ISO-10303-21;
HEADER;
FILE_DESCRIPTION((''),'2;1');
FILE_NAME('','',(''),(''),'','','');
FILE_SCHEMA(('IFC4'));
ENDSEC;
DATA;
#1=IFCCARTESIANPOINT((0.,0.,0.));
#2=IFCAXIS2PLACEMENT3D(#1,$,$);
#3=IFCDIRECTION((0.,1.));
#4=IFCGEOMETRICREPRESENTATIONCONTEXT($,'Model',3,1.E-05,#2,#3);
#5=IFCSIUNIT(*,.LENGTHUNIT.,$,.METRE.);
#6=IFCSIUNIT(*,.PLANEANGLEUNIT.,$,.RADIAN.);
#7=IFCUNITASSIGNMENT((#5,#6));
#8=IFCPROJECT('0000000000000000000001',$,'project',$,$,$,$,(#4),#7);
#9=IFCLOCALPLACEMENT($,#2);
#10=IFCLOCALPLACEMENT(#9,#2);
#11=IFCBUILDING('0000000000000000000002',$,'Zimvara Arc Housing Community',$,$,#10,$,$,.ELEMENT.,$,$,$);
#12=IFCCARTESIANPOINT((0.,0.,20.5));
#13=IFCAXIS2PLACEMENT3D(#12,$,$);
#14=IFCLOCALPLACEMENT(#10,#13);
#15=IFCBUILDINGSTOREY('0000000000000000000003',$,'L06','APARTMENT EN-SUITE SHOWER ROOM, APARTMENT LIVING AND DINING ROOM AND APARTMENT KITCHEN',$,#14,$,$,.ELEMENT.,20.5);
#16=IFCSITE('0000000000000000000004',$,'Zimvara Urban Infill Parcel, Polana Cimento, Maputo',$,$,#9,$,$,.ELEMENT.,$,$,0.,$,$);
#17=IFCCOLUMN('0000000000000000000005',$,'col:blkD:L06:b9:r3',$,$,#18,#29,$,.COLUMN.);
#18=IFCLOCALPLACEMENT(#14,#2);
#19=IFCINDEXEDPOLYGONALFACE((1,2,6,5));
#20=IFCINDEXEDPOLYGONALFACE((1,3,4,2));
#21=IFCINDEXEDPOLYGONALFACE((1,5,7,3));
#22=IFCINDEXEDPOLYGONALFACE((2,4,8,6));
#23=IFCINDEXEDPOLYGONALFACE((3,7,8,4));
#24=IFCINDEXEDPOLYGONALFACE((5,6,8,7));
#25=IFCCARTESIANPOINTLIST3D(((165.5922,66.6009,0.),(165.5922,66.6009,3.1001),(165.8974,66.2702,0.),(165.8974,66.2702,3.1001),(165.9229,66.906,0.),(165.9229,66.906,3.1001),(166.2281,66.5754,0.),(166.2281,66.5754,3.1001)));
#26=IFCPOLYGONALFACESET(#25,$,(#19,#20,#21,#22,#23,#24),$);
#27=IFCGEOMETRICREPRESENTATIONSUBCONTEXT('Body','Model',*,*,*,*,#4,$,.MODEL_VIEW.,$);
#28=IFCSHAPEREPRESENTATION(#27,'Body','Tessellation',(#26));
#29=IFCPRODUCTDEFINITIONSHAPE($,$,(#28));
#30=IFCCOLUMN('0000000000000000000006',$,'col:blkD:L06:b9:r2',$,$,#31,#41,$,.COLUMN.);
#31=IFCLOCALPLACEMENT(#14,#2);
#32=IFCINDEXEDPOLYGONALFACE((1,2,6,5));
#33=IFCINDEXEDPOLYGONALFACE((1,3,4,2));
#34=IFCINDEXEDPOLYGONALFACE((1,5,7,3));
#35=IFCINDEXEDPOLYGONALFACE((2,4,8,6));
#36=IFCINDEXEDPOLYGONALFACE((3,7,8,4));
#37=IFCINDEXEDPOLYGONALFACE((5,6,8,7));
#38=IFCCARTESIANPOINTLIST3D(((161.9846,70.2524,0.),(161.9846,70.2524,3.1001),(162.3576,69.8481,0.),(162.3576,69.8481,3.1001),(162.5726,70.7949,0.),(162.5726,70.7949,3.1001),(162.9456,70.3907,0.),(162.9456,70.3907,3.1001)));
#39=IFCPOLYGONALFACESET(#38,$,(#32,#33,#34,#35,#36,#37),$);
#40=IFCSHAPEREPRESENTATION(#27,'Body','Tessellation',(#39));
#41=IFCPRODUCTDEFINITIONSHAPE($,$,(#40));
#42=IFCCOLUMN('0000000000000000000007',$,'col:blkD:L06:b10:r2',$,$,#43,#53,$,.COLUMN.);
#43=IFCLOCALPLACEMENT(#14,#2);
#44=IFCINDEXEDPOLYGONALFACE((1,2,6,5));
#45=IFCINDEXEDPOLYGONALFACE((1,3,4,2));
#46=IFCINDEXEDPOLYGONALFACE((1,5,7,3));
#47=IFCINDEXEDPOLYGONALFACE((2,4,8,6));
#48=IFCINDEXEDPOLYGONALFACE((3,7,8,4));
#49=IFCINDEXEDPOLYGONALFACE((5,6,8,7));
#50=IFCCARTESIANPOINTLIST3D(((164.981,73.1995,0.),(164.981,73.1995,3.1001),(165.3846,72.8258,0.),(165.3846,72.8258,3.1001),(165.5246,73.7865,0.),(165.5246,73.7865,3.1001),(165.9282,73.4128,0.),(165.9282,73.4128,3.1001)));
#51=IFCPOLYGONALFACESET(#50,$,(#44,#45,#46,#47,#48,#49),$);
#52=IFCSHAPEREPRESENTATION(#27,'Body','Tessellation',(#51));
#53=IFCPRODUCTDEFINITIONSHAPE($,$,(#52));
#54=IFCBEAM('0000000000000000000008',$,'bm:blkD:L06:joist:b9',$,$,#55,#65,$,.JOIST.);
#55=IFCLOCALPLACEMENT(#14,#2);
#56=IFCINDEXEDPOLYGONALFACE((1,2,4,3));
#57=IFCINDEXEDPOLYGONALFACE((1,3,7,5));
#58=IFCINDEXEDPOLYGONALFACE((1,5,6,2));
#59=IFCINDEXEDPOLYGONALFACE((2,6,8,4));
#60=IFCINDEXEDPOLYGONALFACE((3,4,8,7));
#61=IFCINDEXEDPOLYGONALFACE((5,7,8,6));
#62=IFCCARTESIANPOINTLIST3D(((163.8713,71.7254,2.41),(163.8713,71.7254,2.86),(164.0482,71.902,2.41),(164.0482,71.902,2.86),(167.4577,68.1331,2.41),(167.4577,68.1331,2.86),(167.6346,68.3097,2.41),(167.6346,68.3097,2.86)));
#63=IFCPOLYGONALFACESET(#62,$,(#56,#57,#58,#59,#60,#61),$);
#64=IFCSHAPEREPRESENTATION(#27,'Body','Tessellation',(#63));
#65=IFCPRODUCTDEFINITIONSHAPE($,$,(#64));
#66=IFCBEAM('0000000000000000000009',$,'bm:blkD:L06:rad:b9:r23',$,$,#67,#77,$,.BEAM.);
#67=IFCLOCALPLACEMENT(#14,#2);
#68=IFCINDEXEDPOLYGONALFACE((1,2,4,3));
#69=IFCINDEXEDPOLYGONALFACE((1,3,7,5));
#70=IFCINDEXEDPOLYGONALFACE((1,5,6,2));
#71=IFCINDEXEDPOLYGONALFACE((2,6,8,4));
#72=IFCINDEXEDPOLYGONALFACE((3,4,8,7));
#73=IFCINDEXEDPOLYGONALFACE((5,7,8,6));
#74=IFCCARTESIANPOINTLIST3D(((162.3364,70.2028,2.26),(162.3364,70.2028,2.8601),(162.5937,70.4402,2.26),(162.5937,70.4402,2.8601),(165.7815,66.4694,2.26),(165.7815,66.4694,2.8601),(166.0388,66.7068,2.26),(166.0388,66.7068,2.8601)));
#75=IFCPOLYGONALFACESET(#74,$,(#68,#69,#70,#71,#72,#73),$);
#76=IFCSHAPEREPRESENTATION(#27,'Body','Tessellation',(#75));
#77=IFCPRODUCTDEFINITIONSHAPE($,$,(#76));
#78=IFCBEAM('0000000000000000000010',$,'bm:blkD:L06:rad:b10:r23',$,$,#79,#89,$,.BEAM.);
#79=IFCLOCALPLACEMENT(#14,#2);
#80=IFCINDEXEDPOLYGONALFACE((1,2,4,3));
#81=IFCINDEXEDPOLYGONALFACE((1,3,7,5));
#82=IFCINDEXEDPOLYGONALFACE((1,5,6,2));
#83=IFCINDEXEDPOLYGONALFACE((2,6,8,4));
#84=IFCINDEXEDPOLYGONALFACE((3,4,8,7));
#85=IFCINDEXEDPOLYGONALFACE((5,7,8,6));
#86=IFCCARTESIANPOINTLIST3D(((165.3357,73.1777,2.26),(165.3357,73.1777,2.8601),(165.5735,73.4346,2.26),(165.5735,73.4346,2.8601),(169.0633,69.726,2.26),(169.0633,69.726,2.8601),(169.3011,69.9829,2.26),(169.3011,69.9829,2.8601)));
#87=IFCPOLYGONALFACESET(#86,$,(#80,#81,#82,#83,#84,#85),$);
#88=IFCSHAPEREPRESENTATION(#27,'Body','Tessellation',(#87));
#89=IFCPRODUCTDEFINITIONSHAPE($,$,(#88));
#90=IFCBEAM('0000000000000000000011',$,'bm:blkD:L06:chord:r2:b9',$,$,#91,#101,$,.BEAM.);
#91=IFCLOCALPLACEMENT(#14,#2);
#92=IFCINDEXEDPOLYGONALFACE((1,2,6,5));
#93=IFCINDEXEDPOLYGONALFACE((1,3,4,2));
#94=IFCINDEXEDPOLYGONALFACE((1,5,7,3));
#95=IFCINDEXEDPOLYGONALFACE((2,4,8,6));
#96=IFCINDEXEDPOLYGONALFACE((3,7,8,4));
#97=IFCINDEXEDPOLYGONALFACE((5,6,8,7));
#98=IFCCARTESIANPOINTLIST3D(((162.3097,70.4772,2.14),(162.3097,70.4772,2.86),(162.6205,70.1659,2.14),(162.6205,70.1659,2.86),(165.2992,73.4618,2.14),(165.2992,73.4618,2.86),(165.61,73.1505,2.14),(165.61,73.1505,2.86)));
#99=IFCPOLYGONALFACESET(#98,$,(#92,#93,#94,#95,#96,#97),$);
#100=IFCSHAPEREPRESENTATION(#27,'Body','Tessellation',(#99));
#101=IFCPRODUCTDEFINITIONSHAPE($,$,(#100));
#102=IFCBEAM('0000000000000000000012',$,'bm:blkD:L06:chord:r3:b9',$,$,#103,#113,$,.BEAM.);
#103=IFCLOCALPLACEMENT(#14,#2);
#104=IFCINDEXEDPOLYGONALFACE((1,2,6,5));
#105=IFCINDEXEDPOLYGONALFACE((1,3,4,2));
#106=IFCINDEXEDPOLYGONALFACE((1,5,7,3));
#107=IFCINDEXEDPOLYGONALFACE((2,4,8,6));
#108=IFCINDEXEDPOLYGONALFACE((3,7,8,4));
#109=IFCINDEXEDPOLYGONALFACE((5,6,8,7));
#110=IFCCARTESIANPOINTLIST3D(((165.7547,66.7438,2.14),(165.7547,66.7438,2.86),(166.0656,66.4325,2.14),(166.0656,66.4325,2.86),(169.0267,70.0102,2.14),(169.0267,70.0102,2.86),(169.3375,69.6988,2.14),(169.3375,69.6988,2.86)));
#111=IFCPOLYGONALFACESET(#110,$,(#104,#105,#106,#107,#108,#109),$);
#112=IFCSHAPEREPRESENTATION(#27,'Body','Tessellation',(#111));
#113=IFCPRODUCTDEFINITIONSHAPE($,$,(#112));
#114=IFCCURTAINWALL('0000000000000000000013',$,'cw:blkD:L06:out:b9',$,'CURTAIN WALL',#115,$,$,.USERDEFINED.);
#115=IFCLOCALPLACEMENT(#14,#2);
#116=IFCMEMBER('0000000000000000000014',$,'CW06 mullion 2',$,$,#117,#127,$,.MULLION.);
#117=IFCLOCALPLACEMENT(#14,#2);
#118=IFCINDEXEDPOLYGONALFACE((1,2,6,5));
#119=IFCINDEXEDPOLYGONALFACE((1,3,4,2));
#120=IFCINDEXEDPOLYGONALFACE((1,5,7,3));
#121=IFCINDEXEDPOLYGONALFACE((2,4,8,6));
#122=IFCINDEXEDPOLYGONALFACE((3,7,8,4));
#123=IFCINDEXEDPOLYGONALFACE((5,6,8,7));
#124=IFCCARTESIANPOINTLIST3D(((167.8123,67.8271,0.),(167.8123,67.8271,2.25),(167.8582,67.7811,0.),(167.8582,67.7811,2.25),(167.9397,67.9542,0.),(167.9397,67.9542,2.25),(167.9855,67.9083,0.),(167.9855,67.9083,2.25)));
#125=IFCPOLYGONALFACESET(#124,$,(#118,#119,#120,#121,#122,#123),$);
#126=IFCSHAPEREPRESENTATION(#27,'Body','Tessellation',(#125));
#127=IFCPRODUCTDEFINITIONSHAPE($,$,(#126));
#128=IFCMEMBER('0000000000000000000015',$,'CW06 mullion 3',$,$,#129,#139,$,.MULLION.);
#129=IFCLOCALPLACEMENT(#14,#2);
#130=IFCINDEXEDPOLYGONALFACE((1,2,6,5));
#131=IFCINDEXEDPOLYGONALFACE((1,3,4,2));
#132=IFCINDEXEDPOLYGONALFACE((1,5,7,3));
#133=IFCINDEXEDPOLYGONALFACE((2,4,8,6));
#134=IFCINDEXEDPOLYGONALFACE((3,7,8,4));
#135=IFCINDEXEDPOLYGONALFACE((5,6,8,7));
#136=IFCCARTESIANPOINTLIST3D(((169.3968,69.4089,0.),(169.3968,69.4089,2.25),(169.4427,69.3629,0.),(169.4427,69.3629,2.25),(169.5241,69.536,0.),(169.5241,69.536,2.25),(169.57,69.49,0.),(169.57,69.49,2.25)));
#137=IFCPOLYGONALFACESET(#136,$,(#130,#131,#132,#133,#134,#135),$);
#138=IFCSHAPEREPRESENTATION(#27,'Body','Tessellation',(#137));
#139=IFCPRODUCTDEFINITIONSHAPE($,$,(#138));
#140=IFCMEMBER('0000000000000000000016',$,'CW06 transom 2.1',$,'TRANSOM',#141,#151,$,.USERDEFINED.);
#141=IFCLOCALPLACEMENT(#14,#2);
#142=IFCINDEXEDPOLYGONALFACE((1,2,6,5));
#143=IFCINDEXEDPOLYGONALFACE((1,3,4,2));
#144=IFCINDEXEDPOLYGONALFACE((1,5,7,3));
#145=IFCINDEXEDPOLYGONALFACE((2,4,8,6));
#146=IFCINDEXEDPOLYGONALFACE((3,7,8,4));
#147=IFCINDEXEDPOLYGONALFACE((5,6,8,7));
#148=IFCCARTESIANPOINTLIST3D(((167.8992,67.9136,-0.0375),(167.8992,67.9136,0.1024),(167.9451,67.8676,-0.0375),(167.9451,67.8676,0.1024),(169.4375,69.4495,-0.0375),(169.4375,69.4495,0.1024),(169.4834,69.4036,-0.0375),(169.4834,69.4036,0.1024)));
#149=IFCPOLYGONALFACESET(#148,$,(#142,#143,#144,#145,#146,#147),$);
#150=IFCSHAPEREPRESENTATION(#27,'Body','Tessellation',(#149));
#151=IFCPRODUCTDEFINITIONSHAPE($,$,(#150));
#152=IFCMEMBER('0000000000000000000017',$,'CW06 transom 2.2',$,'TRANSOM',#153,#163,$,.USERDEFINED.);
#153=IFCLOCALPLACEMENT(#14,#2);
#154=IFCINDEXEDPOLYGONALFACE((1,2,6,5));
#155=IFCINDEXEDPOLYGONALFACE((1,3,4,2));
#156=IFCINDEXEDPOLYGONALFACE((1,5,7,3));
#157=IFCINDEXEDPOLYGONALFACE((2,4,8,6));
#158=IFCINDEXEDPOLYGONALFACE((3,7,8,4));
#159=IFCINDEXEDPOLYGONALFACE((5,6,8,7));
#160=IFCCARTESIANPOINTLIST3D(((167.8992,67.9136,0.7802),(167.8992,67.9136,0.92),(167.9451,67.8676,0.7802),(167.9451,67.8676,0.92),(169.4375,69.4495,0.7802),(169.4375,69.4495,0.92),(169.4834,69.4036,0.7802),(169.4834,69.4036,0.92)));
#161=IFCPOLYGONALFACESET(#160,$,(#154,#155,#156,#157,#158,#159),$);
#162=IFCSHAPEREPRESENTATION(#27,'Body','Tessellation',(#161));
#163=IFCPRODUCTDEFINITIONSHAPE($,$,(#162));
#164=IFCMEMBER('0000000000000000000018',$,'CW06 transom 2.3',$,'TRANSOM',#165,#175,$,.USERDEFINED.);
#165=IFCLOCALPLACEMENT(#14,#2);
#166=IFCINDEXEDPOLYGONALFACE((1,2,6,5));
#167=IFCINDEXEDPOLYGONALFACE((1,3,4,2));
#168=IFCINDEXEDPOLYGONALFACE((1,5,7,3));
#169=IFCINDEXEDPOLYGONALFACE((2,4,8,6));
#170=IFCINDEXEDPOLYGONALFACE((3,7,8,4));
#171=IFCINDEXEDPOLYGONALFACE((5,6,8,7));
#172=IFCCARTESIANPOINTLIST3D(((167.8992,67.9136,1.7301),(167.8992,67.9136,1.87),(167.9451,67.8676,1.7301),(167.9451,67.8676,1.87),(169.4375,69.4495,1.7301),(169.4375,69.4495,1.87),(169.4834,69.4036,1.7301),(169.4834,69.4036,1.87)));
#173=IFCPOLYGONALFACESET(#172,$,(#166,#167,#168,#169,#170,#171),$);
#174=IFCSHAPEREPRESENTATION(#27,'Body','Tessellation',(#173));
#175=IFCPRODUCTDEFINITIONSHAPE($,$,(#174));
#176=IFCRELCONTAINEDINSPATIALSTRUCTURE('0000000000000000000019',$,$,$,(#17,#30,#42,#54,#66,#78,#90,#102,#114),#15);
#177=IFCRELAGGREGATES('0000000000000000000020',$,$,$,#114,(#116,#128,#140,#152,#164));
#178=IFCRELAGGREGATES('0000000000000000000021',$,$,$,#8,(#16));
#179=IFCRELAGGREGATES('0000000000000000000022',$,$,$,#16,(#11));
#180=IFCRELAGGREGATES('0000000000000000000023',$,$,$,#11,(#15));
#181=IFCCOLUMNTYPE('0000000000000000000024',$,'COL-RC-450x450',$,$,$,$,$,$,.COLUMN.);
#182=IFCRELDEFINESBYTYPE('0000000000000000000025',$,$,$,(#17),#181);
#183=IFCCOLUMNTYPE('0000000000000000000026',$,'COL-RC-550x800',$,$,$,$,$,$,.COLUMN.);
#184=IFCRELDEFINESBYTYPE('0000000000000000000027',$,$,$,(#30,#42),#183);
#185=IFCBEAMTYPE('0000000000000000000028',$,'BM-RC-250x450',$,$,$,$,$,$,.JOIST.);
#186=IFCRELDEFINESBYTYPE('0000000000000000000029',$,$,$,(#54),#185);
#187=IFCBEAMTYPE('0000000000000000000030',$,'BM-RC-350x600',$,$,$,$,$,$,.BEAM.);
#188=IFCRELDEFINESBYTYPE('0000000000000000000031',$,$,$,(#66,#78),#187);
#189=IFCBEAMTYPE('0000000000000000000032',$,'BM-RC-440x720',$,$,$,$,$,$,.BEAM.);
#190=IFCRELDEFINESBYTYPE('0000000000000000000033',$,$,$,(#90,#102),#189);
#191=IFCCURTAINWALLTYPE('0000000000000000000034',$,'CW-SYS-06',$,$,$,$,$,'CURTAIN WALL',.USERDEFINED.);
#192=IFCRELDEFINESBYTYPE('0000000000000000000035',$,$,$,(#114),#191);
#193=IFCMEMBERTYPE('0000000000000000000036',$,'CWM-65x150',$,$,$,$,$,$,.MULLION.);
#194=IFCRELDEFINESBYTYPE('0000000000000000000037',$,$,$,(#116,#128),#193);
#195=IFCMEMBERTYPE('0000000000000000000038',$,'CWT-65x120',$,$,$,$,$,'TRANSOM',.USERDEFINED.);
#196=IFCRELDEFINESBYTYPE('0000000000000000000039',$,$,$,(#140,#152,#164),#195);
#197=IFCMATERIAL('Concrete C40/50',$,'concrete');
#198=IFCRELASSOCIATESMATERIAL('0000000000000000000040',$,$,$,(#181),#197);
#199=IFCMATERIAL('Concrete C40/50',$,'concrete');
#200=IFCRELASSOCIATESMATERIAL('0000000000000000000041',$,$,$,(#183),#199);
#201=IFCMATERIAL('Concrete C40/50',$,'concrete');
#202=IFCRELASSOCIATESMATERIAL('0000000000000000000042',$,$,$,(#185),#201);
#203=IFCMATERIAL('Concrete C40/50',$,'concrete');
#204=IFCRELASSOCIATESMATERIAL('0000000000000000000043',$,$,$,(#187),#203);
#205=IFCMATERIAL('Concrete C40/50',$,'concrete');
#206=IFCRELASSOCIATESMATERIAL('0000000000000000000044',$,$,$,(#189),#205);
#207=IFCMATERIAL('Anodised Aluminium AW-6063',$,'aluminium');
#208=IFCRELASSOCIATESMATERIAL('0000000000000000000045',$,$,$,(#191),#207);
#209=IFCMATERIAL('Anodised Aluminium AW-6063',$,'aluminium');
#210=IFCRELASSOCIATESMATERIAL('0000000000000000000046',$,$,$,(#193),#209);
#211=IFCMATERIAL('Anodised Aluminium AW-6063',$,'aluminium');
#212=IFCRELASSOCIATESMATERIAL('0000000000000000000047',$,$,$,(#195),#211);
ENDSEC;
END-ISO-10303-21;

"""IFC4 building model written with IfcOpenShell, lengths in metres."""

from ifc_helpers import new_model, si_unit, direction, frame, origin, origin_2d, place, context, subcontext, project, spatial, rectangle, extrude, material, material_profile, profile_set, type_object, element, aggregate, save


model = new_model("IFC4")

# Units and contexts
model_context = context("Model", 3, precision=1e-05, world=origin(), true_north=direction((0.0, 1.0)))
body_context = subcontext(model_context, "Body", "Model", "MODEL_VIEW")
ifc_project = project(units=[si_unit("LENGTHUNIT", "METRE"), si_unit("PLANEANGLEUNIT", "RADIAN")], contexts=[model_context])

# Site, building, storey
site_placement = place(None, origin())
site = spatial("IfcSite", under=ifc_project, at=site_placement, Name="Zimvara Urban Infill Parcel, Polana Cimento, Maputo", CompositionType="ELEMENT", RefElevation=0.0)
building_placement = place(site_placement, origin())
building = spatial("IfcBuilding", under=site, at=building_placement, Name="Zimvara Arc Housing Community", CompositionType="ELEMENT")
storey_placement = place(building_placement, frame((0.0, 0.0, 20.5)))
storey = spatial("IfcBuildingStorey", under=building, at=storey_placement, Name="L06", Description="APARTMENT EN-SUITE SHOWER ROOM, APARTMENT LIVING AND DINING ROOM AND APARTMENT KITCHEN", CompositionType="ELEMENT", Elevation=20.5)

# Columns
ifc_material_1 = material(Name="Concrete C40/50", Category="concrete")
ifc_material_profile_1 = material_profile(ifc_material_1, rectangle(XDim=0.45, YDim=0.45, at=origin_2d()), Name="RC 450x450")
ifc_profile_set_1 = profile_set([ifc_material_profile_1], Name="Concrete C40/50")
column_type_1 = type_object("IfcColumnType", Name="COL-RC-450x450", PredefinedType="COLUMN", material=ifc_profile_set_1)
column_1_placement = place(storey_placement, frame((165.9102, 66.5881, 0.0), z_axis=(0.0, 0.0, 1.0), x_axis=(0.67816, -0.734915, 0.0)))
element("IfcColumn", 1, at=column_1_placement, inside=storey, type_object=column_type_1, Name="col:blkD:L06:b9:r3", PredefinedType="COLUMN", context=body_context, shape_type="SweptSolid", body=[
    extrude(rectangle(XDim=0.45, YDim=0.45, at=origin_2d()), origin(), (0.0, 0.0, 1.0), 3.1001),
])
ifc_material_2 = material(Name="Concrete C40/50", Category="concrete")
ifc_material_profile_2 = material_profile(ifc_material_2, rectangle(XDim=0.55, YDim=0.8, at=origin_2d()), Name="RC 550x800")
ifc_profile_set_2 = profile_set([ifc_material_profile_2], Name="Concrete C40/50")
column_type_2 = type_object("IfcColumnType", Name="COL-RC-550x800", PredefinedType="COLUMN", material=ifc_profile_set_2)
for number, where, z_axis, x_axis, name in (
    (2, (162.4651, 70.3215, 0.0), (0.0, 0.0, 1.0), (0.67816, -0.734915, 0.0), "col:blkD:L06:b9:r2"),
    (3, (165.4546, 73.3062, 0.0), (0.0, 0.0, 1.0), (0.73373, -0.679441, 0.0), "col:blkD:L06:b10:r2"),
):
    element("IfcColumn", number, at=place(storey_placement, frame(where, z_axis=z_axis, x_axis=x_axis)), inside=storey, type_object=column_type_2, Name=name, PredefinedType="COLUMN", context=body_context, shape_type="SweptSolid", body=[
        extrude(rectangle(XDim=0.55, YDim=0.8, at=origin_2d()), origin(), (0.0, 0.0, 1.0), 3.1001),
    ])

# Beams
ifc_material_3 = material(Name="Concrete C40/50", Category="concrete")
ifc_material_profile_3 = material_profile(ifc_material_3, rectangle(XDim=0.25, YDim=0.45, at=origin_2d()), Name="RC 250x450")
ifc_profile_set_3 = profile_set([ifc_material_profile_3], Name="Concrete C40/50")
beam_type_1 = type_object("IfcBeamType", Name="BM-RC-250x450", PredefinedType="JOIST", material=ifc_profile_set_3)
beam_1_placement = place(storey_placement, frame((163.9597, 71.8137, 2.635), z_axis=(0.706529, -0.707684, 0.0), x_axis=(0.707684, 0.706529, 0.0)))
element("IfcBeam", 4, at=beam_1_placement, inside=storey, type_object=beam_type_1, Name="bm:blkD:L06:joist:b9", PredefinedType="JOIST", context=body_context, shape_type="SweptSolid", body=[
    extrude(rectangle(XDim=0.25, YDim=0.45, at=origin_2d()), origin(), (0.0, 0.0, 1.0), 5.0762),
])
ifc_material_4 = material(Name="Concrete C40/50", Category="concrete")
ifc_material_profile_4 = material_profile(ifc_material_4, rectangle(XDim=0.3501, YDim=0.6001, at=origin_2d()), Name="RC 350x600")
ifc_profile_set_4 = profile_set([ifc_material_profile_4], Name="Concrete C40/50")
beam_type_2 = type_object("IfcBeamType", Name="BM-RC-350x600", PredefinedType="BEAM", material=ifc_profile_set_4)
beam_2_placement = place(storey_placement, frame((162.4651, 70.3215, 2.5601), z_axis=(0.678158, -0.734916, 0.0), x_axis=(0.734916, 0.678158, 0.0)))
element("IfcBeam", 5, at=beam_2_placement, inside=storey, type_object=beam_type_2, Name="bm:blkD:L06:rad:b9:r23", PredefinedType="BEAM", context=body_context, shape_type="SweptSolid", body=[
    extrude(rectangle(XDim=0.3501, YDim=0.6001, at=origin_2d()), origin(), (0.0, 0.0, 1.0), 5.0801),
])
beam_3_placement = place(storey_placement, frame((165.4546, 73.3062, 2.5601), z_axis=(0.733738, -0.679433, 0.0), x_axis=(0.679433, 0.733738, 0.0)))
element("IfcBeam", 6, at=beam_3_placement, inside=storey, type_object=beam_type_2, Name="bm:blkD:L06:rad:b10:r23", PredefinedType="BEAM", context=body_context, shape_type="SweptSolid", body=[
    extrude(rectangle(XDim=0.3501, YDim=0.6001, at=origin_2d()), origin(), (0.0, 0.0, 1.0), 5.0803),
])
ifc_material_5 = material(Name="Concrete C40/50", Category="concrete")
ifc_material_profile_5 = material_profile(ifc_material_5, rectangle(XDim=0.4399, YDim=0.72, at=origin_2d()), Name="RC 440x720")
ifc_profile_set_5 = profile_set([ifc_material_profile_5], Name="Concrete C40/50")
beam_type_3 = type_object("IfcBeamType", Name="BM-RC-440x720", PredefinedType="BEAM", material=ifc_profile_set_5)
beam_4_placement = place(storey_placement, frame((162.4651, 70.3215, 2.5), z_axis=(0.707684, 0.706529, 0.0), x_axis=(-0.706529, 0.707684, 0.0)))
element("IfcBeam", 7, at=beam_4_placement, inside=storey, type_object=beam_type_3, Name="bm:blkD:L06:chord:r2:b9", PredefinedType="BEAM", context=body_context, shape_type="SweptSolid", body=[
    extrude(rectangle(XDim=0.4399, YDim=0.72, at=origin_2d()), origin(), (0.0, 0.0, 1.0), 4.2244),
])
beam_5_placement = place(storey_placement, frame((165.9102, 66.5881, 2.5), z_axis=(0.707714, 0.706499, 0.0), x_axis=(-0.706499, 0.707714, 0.0)))
element("IfcBeam", 8, at=beam_5_placement, inside=storey, type_object=beam_type_3, Name="bm:blkD:L06:chord:r3:b9", PredefinedType="BEAM", context=body_context, shape_type="SweptSolid", body=[
    extrude(rectangle(XDim=0.4399, YDim=0.72, at=origin_2d()), origin(), (0.0, 0.0, 1.0), 4.6233),
])

# Curtain wall, members
ifc_material_6 = material(Name="Anodised Aluminium AW-6063", Category="aluminium")
curtain_wall_type = type_object("IfcCurtainWallType", Name="CW-SYS-06", ElementType="CURTAIN WALL", PredefinedType="USERDEFINED", material=ifc_material_6)
curtain_wall_placement = place(storey_placement, origin())
curtain_wall = element("IfcCurtainWall", 9, at=curtain_wall_placement, inside=storey, type_object=curtain_wall_type, Name="cw:blkD:L06:out:b9", ObjectType="CURTAIN WALL", PredefinedType="USERDEFINED")
ifc_material_7 = material(Name="Anodised Aluminium AW-6063", Category="aluminium")
ifc_material_profile_6 = material_profile(ifc_material_7, rectangle(XDim=0.0649, YDim=0.1799, at=origin_2d()), Name="ALU 65x180")
ifc_profile_set_6 = profile_set([ifc_material_profile_6], Name="Anodised Aluminium AW-6063")
member_type_1 = type_object("IfcMemberType", Name="CWM-65x150", PredefinedType="MULLION", material=ifc_profile_set_6)
member_1_placement = place(storey_placement, frame((167.8989, 67.8677, 0.0), z_axis=(0.0, 0.0, 1.0), x_axis=(-0.706489, 0.707724, 0.0)))
member_1 = element("IfcMember", 10, at=member_1_placement, type_object=member_type_1, Name="CW06 mullion 2", PredefinedType="MULLION", context=body_context, shape_type="SweptSolid", body=[
    extrude(rectangle(XDim=0.0649, YDim=0.1799, at=origin_2d()), origin(), (0.0, 0.0, 1.0), 2.25),
])
member_2_placement = place(storey_placement, frame((169.4834, 69.4495, 0.0), z_axis=(0.0, 0.0, 1.0), x_axis=(-0.706489, 0.707724, 0.0)))
member_2 = element("IfcMember", 11, at=member_2_placement, type_object=member_type_1, Name="CW06 mullion 3", PredefinedType="MULLION", context=body_context, shape_type="SweptSolid", body=[
    extrude(rectangle(XDim=0.0649, YDim=0.1799, at=origin_2d()), origin(), (0.0, 0.0, 1.0), 2.25),
])
ifc_material_8 = material(Name="Anodised Aluminium AW-6063", Category="aluminium")
ifc_material_profile_7 = material_profile(ifc_material_8, rectangle(XDim=0.0649, YDim=0.1399, at=origin_2d()), Name="ALU 65x140")
ifc_profile_set_7 = profile_set([ifc_material_profile_7], Name="Anodised Aluminium AW-6063")
member_type_2 = type_object("IfcMemberType", Name="CWT-65x120", ElementType="TRANSOM", PredefinedType="USERDEFINED", material=ifc_profile_set_7)
member_3_placement = place(storey_placement, frame((167.9221, 67.8906, 0.0325), z_axis=(0.707668, 0.706545, 0.0), x_axis=(-0.706545, 0.707668, 0.0)))
member_3 = element("IfcMember", 12, at=member_3_placement, type_object=member_type_2, Name="CW06 transom 2.1", ObjectType="TRANSOM", PredefinedType="USERDEFINED", context=body_context, shape_type="SweptSolid", body=[
    extrude(rectangle(XDim=0.0649, YDim=0.1399, at=origin_2d()), origin(), (0.0, 0.0, 1.0), 2.1738),
])
member_4_placement = place(storey_placement, frame((167.9221, 67.8906, 0.8501), z_axis=(0.707668, 0.706545, 0.0), x_axis=(-0.706545, 0.707668, 0.0)))
member_4 = element("IfcMember", 13, at=member_4_placement, type_object=member_type_2, Name="CW06 transom 2.2", ObjectType="TRANSOM", PredefinedType="USERDEFINED", context=body_context, shape_type="SweptSolid", body=[
    extrude(rectangle(XDim=0.0649, YDim=0.1399, at=origin_2d()), origin(), (0.0, 0.0, 1.0), 2.1738),
])
member_5_placement = place(storey_placement, frame((167.9221, 67.8906, 1.8), z_axis=(0.707668, 0.706545, 0.0), x_axis=(-0.706545, 0.707668, 0.0)))
member_5 = element("IfcMember", 14, at=member_5_placement, type_object=member_type_2, Name="CW06 transom 2.3", ObjectType="TRANSOM", PredefinedType="USERDEFINED", context=body_context, shape_type="SweptSolid", body=[
    extrude(rectangle(XDim=0.0649, YDim=0.1399, at=origin_2d()), origin(), (0.0, 0.0, 1.0), 2.1738),
])
aggregate(curtain_wall, [member_1, member_2, member_3, member_4, member_5])

save(model, "model.ifc")
